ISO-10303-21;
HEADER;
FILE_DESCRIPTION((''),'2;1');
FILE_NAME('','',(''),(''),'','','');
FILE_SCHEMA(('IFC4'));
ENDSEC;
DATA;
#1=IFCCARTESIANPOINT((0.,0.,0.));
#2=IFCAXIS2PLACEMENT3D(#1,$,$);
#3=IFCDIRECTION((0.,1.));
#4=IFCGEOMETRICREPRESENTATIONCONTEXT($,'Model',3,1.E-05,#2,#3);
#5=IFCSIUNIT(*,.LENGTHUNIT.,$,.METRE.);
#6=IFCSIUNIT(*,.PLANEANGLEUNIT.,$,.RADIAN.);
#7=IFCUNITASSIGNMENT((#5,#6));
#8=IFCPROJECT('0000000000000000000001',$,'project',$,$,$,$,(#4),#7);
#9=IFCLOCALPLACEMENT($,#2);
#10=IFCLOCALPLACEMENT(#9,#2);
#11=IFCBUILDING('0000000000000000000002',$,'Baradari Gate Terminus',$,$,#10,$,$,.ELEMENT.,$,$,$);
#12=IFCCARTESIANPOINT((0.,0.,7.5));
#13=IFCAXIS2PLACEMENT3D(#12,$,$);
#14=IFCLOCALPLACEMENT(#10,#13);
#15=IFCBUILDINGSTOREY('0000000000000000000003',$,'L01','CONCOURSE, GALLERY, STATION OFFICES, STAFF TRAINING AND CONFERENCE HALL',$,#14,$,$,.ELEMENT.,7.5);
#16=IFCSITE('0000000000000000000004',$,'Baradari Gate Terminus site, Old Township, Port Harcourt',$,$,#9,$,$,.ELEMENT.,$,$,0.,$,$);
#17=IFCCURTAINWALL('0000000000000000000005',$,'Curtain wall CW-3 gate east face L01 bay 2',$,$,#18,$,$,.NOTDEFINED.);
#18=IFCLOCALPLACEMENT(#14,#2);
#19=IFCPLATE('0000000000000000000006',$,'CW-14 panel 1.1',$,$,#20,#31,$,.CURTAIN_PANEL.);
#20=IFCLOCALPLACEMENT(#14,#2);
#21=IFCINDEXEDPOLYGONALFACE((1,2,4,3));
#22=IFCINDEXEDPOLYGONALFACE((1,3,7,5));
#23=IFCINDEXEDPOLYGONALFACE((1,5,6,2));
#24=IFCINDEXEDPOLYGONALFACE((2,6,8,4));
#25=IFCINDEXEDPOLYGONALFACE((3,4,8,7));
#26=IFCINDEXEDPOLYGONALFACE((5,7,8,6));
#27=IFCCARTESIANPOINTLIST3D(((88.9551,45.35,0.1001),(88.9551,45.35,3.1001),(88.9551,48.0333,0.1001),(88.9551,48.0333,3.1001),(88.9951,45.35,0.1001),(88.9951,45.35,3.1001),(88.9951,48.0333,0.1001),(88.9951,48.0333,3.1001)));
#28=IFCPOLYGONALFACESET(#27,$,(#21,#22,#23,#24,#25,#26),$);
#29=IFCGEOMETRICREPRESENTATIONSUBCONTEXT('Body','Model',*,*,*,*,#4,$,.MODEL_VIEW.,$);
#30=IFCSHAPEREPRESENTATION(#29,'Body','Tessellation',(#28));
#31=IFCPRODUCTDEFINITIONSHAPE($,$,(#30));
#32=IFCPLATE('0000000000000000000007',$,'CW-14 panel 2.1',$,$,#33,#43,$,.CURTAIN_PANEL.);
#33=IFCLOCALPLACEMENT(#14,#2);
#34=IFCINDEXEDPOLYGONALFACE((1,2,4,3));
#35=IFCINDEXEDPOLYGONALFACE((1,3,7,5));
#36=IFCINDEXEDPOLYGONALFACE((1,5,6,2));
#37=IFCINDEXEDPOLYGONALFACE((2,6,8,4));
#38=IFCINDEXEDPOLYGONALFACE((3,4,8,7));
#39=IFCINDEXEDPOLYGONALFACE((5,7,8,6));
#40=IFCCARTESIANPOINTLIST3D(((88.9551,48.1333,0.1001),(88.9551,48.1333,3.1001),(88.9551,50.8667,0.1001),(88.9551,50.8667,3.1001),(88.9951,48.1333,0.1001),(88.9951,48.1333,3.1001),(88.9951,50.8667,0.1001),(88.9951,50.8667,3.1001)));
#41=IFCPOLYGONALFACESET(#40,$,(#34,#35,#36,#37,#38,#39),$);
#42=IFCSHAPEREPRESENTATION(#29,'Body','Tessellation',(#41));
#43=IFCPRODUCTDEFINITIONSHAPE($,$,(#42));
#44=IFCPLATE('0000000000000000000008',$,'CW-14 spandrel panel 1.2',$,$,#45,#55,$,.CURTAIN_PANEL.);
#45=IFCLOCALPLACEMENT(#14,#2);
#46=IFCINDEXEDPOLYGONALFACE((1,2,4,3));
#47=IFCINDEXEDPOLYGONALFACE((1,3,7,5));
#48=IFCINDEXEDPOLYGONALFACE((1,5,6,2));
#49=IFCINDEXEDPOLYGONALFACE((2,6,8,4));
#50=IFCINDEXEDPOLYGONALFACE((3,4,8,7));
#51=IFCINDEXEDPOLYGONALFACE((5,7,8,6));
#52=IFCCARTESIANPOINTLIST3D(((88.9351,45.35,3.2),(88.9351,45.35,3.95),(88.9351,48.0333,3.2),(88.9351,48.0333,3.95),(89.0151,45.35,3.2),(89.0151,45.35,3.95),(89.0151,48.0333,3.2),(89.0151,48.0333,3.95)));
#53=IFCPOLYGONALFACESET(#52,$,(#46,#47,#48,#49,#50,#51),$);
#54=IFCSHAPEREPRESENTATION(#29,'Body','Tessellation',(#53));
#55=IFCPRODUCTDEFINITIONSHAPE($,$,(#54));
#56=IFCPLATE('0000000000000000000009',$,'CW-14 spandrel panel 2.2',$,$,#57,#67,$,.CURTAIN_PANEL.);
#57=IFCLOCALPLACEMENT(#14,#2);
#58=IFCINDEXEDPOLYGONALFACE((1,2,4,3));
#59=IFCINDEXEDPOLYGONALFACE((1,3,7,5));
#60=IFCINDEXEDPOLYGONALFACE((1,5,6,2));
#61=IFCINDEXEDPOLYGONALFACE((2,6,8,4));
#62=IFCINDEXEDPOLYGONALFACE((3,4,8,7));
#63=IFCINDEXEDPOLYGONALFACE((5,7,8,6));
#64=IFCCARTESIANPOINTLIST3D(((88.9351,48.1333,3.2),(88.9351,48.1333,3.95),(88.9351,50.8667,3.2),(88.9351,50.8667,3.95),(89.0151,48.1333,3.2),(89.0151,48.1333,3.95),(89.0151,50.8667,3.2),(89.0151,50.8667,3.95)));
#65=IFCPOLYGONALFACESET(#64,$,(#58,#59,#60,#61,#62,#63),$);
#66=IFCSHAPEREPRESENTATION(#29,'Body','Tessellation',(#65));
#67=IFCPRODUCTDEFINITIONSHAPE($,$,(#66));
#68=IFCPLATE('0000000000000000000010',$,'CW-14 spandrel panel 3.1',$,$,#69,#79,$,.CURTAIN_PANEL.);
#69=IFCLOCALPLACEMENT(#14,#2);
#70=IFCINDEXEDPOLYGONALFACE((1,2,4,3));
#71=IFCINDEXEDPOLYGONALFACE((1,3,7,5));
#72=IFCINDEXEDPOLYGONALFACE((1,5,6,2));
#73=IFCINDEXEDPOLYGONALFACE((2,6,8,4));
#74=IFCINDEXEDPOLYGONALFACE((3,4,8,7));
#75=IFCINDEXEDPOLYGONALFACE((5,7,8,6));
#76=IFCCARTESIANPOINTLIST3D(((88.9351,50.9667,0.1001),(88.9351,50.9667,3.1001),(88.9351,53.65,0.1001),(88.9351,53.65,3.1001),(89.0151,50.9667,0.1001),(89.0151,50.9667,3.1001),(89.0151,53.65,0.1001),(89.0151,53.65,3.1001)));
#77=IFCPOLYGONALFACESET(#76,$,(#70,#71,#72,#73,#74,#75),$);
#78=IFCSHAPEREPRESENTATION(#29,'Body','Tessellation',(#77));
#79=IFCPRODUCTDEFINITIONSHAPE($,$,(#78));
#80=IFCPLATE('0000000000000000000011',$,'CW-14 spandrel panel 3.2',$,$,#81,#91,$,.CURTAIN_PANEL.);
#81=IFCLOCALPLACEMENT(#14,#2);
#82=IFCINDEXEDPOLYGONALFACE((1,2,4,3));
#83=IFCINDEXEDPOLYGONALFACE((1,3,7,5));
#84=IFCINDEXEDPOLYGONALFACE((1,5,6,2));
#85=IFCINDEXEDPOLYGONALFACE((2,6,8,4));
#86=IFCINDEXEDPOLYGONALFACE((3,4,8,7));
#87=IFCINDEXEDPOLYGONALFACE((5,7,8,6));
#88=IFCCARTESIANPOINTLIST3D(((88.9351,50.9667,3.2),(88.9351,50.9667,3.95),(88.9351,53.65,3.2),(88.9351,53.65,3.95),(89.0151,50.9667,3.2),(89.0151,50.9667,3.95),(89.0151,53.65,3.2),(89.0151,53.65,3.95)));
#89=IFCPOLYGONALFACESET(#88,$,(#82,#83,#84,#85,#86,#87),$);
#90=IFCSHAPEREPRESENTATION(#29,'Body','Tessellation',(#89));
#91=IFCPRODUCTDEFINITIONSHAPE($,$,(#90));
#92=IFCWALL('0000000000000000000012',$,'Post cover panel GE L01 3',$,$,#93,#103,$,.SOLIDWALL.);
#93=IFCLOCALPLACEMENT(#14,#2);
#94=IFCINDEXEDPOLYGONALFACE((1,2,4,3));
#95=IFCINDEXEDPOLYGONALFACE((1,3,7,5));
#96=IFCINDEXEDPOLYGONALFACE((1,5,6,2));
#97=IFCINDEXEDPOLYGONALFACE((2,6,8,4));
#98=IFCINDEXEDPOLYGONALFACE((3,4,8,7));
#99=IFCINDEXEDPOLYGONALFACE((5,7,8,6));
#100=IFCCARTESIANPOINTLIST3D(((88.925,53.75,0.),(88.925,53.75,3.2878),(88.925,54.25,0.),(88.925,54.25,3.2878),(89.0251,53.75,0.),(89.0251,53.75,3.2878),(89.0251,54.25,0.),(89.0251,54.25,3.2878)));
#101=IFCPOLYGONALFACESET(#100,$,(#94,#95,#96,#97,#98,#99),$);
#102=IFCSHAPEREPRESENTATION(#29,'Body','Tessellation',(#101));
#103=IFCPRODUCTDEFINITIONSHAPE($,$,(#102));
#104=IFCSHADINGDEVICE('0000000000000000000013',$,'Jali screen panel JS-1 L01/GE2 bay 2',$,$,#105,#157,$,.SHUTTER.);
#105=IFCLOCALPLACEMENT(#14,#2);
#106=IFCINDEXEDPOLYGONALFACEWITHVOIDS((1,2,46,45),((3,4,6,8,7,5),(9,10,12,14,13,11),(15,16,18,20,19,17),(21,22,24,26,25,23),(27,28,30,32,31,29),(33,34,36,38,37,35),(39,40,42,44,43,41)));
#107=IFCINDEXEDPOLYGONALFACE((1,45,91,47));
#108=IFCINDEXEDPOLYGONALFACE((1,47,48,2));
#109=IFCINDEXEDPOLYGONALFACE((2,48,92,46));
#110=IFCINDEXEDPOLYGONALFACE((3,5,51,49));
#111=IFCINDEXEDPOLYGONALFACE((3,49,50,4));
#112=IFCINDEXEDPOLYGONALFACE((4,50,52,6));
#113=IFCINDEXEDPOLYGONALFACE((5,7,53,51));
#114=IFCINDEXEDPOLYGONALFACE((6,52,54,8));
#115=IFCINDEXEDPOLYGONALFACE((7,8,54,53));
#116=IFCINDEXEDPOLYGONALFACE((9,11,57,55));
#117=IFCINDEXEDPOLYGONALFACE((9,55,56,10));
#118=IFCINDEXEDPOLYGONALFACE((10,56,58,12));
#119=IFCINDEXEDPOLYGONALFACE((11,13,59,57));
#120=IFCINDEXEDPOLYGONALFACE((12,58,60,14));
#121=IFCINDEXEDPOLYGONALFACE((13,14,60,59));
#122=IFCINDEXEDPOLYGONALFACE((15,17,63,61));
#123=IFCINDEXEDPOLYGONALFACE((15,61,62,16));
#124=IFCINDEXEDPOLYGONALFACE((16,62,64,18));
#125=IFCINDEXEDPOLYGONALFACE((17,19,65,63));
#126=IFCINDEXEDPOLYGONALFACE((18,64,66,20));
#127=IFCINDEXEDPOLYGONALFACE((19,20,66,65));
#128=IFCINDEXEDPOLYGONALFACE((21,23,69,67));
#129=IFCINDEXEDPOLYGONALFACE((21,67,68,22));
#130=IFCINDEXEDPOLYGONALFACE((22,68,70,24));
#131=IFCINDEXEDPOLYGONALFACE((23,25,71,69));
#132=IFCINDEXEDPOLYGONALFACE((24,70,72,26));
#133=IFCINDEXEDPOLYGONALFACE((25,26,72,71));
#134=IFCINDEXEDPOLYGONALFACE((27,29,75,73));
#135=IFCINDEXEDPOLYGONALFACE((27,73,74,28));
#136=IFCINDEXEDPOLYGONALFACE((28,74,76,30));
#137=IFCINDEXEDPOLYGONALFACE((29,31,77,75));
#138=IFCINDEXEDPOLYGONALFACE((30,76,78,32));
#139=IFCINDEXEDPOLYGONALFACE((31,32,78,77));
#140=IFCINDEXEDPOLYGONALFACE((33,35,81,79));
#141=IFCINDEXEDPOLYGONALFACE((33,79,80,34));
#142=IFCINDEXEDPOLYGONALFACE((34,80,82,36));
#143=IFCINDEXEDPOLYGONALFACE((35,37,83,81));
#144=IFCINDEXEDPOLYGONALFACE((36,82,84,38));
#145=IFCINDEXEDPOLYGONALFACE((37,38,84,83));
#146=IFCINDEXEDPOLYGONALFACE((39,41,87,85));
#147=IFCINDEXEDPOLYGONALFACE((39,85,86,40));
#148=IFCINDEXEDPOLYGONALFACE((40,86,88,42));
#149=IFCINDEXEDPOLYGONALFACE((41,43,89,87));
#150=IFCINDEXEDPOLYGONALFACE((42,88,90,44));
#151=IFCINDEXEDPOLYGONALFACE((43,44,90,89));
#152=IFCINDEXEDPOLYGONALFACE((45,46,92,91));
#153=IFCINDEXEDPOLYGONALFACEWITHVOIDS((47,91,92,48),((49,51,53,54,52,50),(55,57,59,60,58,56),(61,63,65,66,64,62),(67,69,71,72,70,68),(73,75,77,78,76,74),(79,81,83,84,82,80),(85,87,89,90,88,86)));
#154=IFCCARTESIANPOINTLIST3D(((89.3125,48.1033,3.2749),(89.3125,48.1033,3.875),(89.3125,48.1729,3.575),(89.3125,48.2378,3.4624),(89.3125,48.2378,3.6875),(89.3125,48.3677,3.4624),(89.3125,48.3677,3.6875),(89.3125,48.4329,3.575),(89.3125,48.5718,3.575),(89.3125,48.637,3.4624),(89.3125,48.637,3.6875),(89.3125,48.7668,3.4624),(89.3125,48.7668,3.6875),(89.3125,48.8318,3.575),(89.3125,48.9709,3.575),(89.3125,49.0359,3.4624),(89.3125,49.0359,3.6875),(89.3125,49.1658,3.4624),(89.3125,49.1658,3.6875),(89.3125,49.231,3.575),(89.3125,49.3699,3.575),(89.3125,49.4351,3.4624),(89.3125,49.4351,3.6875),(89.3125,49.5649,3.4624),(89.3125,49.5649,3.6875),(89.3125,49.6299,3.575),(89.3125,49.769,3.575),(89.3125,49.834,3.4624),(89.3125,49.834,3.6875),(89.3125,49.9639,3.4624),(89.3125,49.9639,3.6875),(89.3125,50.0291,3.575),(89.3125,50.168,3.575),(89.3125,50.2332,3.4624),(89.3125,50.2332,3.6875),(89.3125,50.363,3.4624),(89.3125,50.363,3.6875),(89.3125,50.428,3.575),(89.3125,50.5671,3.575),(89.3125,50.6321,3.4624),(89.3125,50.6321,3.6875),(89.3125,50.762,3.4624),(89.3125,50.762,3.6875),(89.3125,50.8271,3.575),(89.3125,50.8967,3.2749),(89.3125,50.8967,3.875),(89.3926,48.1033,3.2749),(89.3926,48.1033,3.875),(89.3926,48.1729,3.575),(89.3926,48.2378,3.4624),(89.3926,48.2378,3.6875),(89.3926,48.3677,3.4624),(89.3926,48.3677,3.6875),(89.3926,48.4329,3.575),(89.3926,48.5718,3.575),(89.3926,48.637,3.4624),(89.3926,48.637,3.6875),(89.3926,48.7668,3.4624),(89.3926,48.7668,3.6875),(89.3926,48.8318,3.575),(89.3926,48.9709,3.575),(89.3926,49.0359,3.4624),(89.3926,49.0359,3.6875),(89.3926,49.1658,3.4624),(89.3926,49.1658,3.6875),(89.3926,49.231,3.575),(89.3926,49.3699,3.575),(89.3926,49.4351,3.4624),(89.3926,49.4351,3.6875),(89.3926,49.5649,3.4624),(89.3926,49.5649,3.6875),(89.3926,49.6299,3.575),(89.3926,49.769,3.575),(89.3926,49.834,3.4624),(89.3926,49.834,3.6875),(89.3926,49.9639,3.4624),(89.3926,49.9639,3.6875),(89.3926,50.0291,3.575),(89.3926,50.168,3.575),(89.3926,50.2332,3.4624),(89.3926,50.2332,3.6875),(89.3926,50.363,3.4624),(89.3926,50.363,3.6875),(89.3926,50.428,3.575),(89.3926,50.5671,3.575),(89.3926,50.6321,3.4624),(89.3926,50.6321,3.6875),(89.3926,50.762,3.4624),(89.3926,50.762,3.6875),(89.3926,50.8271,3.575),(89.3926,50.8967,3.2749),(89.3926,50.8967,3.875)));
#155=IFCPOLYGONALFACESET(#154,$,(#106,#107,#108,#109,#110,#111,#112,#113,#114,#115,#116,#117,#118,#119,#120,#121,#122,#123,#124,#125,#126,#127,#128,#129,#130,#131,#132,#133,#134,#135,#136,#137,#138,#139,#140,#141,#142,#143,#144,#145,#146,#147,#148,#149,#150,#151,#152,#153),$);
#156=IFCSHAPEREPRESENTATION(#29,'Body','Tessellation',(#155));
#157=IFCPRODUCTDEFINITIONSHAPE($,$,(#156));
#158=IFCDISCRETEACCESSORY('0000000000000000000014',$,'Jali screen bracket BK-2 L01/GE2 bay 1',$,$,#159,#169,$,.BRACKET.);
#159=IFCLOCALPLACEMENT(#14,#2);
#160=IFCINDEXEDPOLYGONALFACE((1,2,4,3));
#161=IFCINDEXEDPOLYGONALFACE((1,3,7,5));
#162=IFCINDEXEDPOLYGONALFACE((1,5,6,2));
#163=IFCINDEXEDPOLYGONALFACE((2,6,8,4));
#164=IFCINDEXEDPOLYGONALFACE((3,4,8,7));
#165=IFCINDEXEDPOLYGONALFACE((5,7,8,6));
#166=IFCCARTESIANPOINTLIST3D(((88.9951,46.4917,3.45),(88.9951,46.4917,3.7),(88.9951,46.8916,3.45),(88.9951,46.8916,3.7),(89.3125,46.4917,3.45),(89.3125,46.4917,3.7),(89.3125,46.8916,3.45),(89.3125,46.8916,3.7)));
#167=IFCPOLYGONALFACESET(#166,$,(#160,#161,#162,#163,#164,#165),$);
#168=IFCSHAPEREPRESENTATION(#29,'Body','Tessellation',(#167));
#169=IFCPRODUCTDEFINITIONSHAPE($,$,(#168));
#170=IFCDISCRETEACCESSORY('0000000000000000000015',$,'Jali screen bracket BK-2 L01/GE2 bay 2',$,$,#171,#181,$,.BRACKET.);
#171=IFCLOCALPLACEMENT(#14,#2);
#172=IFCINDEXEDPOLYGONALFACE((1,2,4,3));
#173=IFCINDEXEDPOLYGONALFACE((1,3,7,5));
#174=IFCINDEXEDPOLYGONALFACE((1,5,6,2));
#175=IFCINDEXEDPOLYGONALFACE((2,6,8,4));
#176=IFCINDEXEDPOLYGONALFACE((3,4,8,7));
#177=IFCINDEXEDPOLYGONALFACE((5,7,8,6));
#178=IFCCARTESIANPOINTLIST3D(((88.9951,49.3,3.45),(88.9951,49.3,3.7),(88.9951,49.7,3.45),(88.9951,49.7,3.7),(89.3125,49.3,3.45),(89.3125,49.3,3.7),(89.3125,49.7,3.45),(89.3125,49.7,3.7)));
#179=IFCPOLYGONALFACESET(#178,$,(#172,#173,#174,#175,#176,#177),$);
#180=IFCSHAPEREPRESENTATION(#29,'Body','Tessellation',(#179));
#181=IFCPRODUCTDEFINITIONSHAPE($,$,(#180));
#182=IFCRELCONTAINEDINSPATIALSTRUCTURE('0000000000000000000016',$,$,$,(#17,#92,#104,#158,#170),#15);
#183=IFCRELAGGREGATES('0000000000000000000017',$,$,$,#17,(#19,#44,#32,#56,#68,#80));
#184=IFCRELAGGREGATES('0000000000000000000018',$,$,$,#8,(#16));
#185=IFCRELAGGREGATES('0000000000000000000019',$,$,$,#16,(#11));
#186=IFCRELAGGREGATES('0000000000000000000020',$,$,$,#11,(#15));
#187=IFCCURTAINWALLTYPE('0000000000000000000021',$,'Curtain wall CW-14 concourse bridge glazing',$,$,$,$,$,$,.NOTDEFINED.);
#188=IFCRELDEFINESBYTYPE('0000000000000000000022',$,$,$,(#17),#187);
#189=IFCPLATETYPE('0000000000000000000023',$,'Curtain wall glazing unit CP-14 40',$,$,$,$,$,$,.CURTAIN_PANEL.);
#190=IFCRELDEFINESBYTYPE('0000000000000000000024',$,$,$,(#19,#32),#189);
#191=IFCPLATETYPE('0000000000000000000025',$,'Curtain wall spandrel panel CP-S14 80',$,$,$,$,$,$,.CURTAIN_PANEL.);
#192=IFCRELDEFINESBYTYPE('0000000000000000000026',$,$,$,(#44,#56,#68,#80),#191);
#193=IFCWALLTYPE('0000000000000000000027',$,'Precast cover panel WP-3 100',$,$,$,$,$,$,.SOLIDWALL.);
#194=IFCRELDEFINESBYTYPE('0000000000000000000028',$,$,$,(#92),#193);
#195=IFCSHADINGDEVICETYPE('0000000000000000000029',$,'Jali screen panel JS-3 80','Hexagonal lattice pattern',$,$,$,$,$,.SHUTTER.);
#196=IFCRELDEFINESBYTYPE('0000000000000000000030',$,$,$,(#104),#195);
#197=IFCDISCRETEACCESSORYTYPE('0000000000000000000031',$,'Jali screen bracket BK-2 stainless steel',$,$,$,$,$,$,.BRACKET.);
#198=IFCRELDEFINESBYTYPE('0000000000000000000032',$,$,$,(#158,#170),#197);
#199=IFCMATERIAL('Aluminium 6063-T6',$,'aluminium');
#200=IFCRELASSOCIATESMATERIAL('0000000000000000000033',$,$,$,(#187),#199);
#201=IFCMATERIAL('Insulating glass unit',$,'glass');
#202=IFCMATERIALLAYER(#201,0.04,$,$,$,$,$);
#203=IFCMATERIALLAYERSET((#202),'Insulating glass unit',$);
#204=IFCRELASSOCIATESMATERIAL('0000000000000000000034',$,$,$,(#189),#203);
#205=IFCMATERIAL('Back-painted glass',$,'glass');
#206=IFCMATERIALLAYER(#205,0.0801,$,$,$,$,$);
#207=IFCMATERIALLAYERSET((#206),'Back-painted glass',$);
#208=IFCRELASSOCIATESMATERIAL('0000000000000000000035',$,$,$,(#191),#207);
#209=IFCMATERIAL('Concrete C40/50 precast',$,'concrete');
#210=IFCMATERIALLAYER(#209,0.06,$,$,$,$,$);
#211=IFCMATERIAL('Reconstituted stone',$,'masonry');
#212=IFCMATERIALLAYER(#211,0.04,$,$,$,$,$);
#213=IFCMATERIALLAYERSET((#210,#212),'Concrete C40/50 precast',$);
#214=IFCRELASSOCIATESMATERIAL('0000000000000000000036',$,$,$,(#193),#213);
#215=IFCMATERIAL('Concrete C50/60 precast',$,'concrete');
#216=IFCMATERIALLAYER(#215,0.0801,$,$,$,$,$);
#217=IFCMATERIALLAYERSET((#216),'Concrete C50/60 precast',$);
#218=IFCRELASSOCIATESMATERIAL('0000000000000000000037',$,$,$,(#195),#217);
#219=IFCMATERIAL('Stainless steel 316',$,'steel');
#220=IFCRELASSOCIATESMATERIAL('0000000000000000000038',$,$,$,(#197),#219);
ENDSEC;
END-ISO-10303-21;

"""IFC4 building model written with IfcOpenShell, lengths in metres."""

from ifc_helpers import new_model, si_unit, direction, frame, frame_2d, origin, origin_2d, place, context, subcontext, project, spatial, polyline, rectangle, outline, extrude, material, layer, layer_set, type_object, element, aggregate, save


model = new_model("IFC4")

# Units and contexts
model_context = context("Model", 3, precision=1e-05, world=origin(), true_north=direction((0.0, 1.0)))
body_context = subcontext(model_context, "Body", "Model", "MODEL_VIEW")
ifc_project = project(units=[si_unit("LENGTHUNIT", "METRE"), si_unit("PLANEANGLEUNIT", "RADIAN")], contexts=[model_context])

# Site, building, storey
site_placement = place(None, origin())
site = spatial("IfcSite", under=ifc_project, at=site_placement, Name="Baradari Gate Terminus site, Old Township, Port Harcourt", CompositionType="ELEMENT", RefElevation=0.0)
building_placement = place(site_placement, origin())
building = spatial("IfcBuilding", under=site, at=building_placement, Name="Baradari Gate Terminus", CompositionType="ELEMENT")
storey_placement = place(building_placement, frame((0.0, 0.0, 7.5)))
storey = spatial("IfcBuildingStorey", under=building, at=storey_placement, Name="L01", Description="CONCOURSE, GALLERY, STATION OFFICES, STAFF TRAINING AND CONFERENCE HALL", CompositionType="ELEMENT", Elevation=7.5)

# Curtain wall
ifc_material_1 = material(Name="Aluminium 6063-T6", Category="aluminium")
curtain_wall_type = type_object("IfcCurtainWallType", Name="Curtain wall CW-14 concourse bridge glazing", PredefinedType="NOTDEFINED", material=ifc_material_1)
curtain_wall_1_placement = place(storey_placement, origin())
curtain_wall_1 = element("IfcCurtainWall", 1, at=curtain_wall_1_placement, inside=storey, type_object=curtain_wall_type, Name="Curtain wall CW-3 gate east face L01 bay 2", PredefinedType="NOTDEFINED")

# Plates
ifc_material_2 = material(Name="Insulating glass unit", Category="glass")
ifc_layer_1 = layer(ifc_material_2, 0.04)
ifc_layer_set_1 = layer_set([ifc_layer_1], Name="Insulating glass unit")
plate_type_1 = type_object("IfcPlateType", Name="Curtain wall glazing unit CP-14 40", PredefinedType="CURTAIN_PANEL", material=ifc_layer_set_1)
plate_1_placement = place(storey_placement, frame((88.9751, 46.6917, 0.1001), z_axis=(0.0, 0.0, 1.0), x_axis=(0.0, 1.0, 0.0)))
plate_1 = element("IfcPlate", 2, at=plate_1_placement, type_object=plate_type_1, Name="CW-14 panel 1.1", PredefinedType="CURTAIN_PANEL", context=body_context, shape_type="SweptSolid", body=[
    extrude(rectangle(XDim=2.6833, YDim=0.04, at=origin_2d()), origin(), (0.0, 0.0, 1.0), 3.0),
])
plate_2_placement = place(storey_placement, frame((88.9751, 49.5, 0.1001), z_axis=(0.0, 0.0, 1.0), x_axis=(0.0, 1.0, 0.0)))
plate_2 = element("IfcPlate", 3, at=plate_2_placement, type_object=plate_type_1, Name="CW-14 panel 2.1", PredefinedType="CURTAIN_PANEL", context=body_context, shape_type="SweptSolid", body=[
    extrude(rectangle(XDim=2.7334, YDim=0.04, at=origin_2d()), origin(), (0.0, 0.0, 1.0), 3.0),
])
ifc_material_3 = material(Name="Back-painted glass", Category="glass")
ifc_layer_2 = layer(ifc_material_3, 0.0801)
ifc_layer_set_2 = layer_set([ifc_layer_2], Name="Back-painted glass")
plate_type_2 = type_object("IfcPlateType", Name="Curtain wall spandrel panel CP-S14 80", PredefinedType="CURTAIN_PANEL", material=ifc_layer_set_2)
plate_3_placement = place(storey_placement, frame((88.9751, 46.6917, 3.2), z_axis=(0.0, 0.0, 1.0), x_axis=(0.0, 1.0, 0.0)))
plate_3 = element("IfcPlate", 4, at=plate_3_placement, type_object=plate_type_2, Name="CW-14 spandrel panel 1.2", PredefinedType="CURTAIN_PANEL", context=body_context, shape_type="SweptSolid", body=[
    extrude(rectangle(XDim=2.6833, YDim=0.0801, at=origin_2d()), origin(), (0.0, 0.0, 1.0), 0.75),
])
plate_4_placement = place(storey_placement, frame((88.9751, 49.5, 3.2), z_axis=(0.0, 0.0, 1.0), x_axis=(0.0, 1.0, 0.0)))
plate_4 = element("IfcPlate", 5, at=plate_4_placement, type_object=plate_type_2, Name="CW-14 spandrel panel 2.2", PredefinedType="CURTAIN_PANEL", context=body_context, shape_type="SweptSolid", body=[
    extrude(rectangle(XDim=2.7334, YDim=0.0801, at=origin_2d()), origin(), (0.0, 0.0, 1.0), 0.75),
])
plate_5_placement = place(storey_placement, frame((88.9751, 52.3083, 0.1001), z_axis=(0.0, 0.0, 1.0), x_axis=(0.0, 1.0, 0.0)))
plate_5 = element("IfcPlate", 6, at=plate_5_placement, type_object=plate_type_2, Name="CW-14 spandrel panel 3.1", PredefinedType="CURTAIN_PANEL", context=body_context, shape_type="SweptSolid", body=[
    extrude(rectangle(XDim=2.6833, YDim=0.0801, at=origin_2d()), origin(), (0.0, 0.0, 1.0), 3.0),
])
plate_6_placement = place(storey_placement, frame((88.9751, 52.3083, 3.2), z_axis=(0.0, 0.0, 1.0), x_axis=(0.0, 1.0, 0.0)))
plate_6 = element("IfcPlate", 7, at=plate_6_placement, type_object=plate_type_2, Name="CW-14 spandrel panel 3.2", PredefinedType="CURTAIN_PANEL", context=body_context, shape_type="SweptSolid", body=[
    extrude(rectangle(XDim=2.6833, YDim=0.0801, at=origin_2d()), origin(), (0.0, 0.0, 1.0), 0.75),
])
aggregate(curtain_wall_1, [plate_1, plate_3, plate_2, plate_4, plate_5, plate_6])

# Wall
ifc_material_4 = material(Name="Concrete C40/50 precast", Category="concrete")
ifc_layer_3 = layer(ifc_material_4, 0.06)
ifc_material_5 = material(Name="Reconstituted stone", Category="masonry")
ifc_layer_4 = layer(ifc_material_5, 0.04)
ifc_layer_set_3 = layer_set([ifc_layer_3, ifc_layer_4], Name="Concrete C40/50 precast")
wall_type = type_object("IfcWallType", Name="Precast cover panel WP-3 100", PredefinedType="SOLIDWALL", material=ifc_layer_set_3)
wall_placement = place(storey_placement, frame((88.9751, 53.75, 0.0), z_axis=(0.0, 0.0, 1.0), x_axis=(0.0, 1.0, 0.0)))
element("IfcWall", 8, at=wall_placement, inside=storey, type_object=wall_type, Name="Post cover panel GE L01 3", PredefinedType="SOLIDWALL", context=body_context, shape_type="SweptSolid", body=[
    extrude(rectangle(XDim=0.5, YDim=0.1001, at=frame_2d((0.25, 0.0))), origin(), (0.0, 0.0, 1.0), 3.2878),
])

# Shading device
ifc_material_6 = material(Name="Concrete C50/60 precast", Category="concrete")
ifc_layer_5 = layer(ifc_material_6, 0.0801)
ifc_layer_set_4 = layer_set([ifc_layer_5], Name="Concrete C50/60 precast")
shading_device_type = type_object("IfcShadingDeviceType", Name="Jali screen panel JS-3 80", Description="Hexagonal lattice pattern", PredefinedType="SHUTTER", material=ifc_layer_set_4)
shading_device_placement = place(storey_placement, frame((89.3525, 48.1033, 3.2749), z_axis=(0.0, 0.0, 1.0), x_axis=(0.0, 1.0, 0.0)))
element("IfcShadingDevice", 9, at=shading_device_placement, inside=storey, type_object=shading_device_type, Name="Jali screen panel JS-1 L01/GE2 bay 2", PredefinedType="SHUTTER", context=body_context, shape_type="SweptSolid", body=[
    extrude(outline(polyline([(0.0, 0.0), (2.7935, 0.0), (2.7935, 0.6001), (0.0, 0.6001), (0.0, 0.0)]), holes=[polyline([(0.3296, 0.3), (0.2644, 0.1875), (0.1345, 0.1875), (0.0696, 0.3), (0.1345, 0.4126), (0.2644, 0.4126), (0.3296, 0.3)]), polyline([(0.7285, 0.3), (0.6636, 0.1875), (0.5337, 0.1875), (0.4685, 0.3), (0.5337, 0.4126), (0.6636, 0.4126), (0.7285, 0.3)]), polyline([(1.1277, 0.3), (1.0625, 0.1875), (0.9326, 0.1875), (0.8677, 0.3), (0.9326, 0.4126), (1.0625, 0.4126), (1.1277, 0.3)]), polyline([(1.5266, 0.3), (1.4617, 0.1875), (1.3318, 0.1875), (1.2666, 0.3), (1.3318, 0.4126), (1.4617, 0.4126), (1.5266, 0.3)]), polyline([(1.9258, 0.3), (1.8606, 0.1875), (1.7307, 0.1875), (1.6658, 0.3), (1.7307, 0.4126), (1.8606, 0.4126), (1.9258, 0.3)]), polyline([(2.3247, 0.3), (2.2598, 0.1875), (2.1299, 0.1875), (2.0647, 0.3), (2.1299, 0.4126), (2.2598, 0.4126), (2.3247, 0.3)]), polyline([(2.7239, 0.3), (2.6587, 0.1875), (2.5288, 0.1875), (2.4639, 0.3), (2.5288, 0.4126), (2.6587, 0.4126), (2.7239, 0.3)])]), frame((0.0, 0.04, 0.0), z_axis=(0.0, -1.0, 0.0), x_axis=(1.0, 0.0, 0.0)), (0.0, 0.0, 1.0), 0.0801),
])

# Discrete accessories
ifc_material_7 = material(Name="Stainless steel 316", Category="steel")
discrete_accessory_type = type_object("IfcDiscreteAccessoryType", Name="Jali screen bracket BK-2 stainless steel", PredefinedType="BRACKET", material=ifc_material_7)
for number, where, z_axis, x_axis, name in (
    (10, (89.1538, 46.6917, 3.45), (0.0, 0.0, 1.0), (1.0, 0.0, 0.0), "Jali screen bracket BK-2 L01/GE2 bay 1"),
    (11, (89.1538, 49.5, 3.45), (0.0, 0.0, 1.0), (1.0, 0.0, 0.0), "Jali screen bracket BK-2 L01/GE2 bay 2"),
):
    element("IfcDiscreteAccessory", number, at=place(storey_placement, frame(where, z_axis=z_axis, x_axis=x_axis)), inside=storey, type_object=discrete_accessory_type, Name=name, PredefinedType="BRACKET", context=body_context, shape_type="SweptSolid", body=[
        extrude(rectangle(XDim=0.3174, YDim=0.3999, at=origin_2d()), origin(), (0.0, 0.0, 1.0), 0.25),
    ])

save(model, "model.ifc")
